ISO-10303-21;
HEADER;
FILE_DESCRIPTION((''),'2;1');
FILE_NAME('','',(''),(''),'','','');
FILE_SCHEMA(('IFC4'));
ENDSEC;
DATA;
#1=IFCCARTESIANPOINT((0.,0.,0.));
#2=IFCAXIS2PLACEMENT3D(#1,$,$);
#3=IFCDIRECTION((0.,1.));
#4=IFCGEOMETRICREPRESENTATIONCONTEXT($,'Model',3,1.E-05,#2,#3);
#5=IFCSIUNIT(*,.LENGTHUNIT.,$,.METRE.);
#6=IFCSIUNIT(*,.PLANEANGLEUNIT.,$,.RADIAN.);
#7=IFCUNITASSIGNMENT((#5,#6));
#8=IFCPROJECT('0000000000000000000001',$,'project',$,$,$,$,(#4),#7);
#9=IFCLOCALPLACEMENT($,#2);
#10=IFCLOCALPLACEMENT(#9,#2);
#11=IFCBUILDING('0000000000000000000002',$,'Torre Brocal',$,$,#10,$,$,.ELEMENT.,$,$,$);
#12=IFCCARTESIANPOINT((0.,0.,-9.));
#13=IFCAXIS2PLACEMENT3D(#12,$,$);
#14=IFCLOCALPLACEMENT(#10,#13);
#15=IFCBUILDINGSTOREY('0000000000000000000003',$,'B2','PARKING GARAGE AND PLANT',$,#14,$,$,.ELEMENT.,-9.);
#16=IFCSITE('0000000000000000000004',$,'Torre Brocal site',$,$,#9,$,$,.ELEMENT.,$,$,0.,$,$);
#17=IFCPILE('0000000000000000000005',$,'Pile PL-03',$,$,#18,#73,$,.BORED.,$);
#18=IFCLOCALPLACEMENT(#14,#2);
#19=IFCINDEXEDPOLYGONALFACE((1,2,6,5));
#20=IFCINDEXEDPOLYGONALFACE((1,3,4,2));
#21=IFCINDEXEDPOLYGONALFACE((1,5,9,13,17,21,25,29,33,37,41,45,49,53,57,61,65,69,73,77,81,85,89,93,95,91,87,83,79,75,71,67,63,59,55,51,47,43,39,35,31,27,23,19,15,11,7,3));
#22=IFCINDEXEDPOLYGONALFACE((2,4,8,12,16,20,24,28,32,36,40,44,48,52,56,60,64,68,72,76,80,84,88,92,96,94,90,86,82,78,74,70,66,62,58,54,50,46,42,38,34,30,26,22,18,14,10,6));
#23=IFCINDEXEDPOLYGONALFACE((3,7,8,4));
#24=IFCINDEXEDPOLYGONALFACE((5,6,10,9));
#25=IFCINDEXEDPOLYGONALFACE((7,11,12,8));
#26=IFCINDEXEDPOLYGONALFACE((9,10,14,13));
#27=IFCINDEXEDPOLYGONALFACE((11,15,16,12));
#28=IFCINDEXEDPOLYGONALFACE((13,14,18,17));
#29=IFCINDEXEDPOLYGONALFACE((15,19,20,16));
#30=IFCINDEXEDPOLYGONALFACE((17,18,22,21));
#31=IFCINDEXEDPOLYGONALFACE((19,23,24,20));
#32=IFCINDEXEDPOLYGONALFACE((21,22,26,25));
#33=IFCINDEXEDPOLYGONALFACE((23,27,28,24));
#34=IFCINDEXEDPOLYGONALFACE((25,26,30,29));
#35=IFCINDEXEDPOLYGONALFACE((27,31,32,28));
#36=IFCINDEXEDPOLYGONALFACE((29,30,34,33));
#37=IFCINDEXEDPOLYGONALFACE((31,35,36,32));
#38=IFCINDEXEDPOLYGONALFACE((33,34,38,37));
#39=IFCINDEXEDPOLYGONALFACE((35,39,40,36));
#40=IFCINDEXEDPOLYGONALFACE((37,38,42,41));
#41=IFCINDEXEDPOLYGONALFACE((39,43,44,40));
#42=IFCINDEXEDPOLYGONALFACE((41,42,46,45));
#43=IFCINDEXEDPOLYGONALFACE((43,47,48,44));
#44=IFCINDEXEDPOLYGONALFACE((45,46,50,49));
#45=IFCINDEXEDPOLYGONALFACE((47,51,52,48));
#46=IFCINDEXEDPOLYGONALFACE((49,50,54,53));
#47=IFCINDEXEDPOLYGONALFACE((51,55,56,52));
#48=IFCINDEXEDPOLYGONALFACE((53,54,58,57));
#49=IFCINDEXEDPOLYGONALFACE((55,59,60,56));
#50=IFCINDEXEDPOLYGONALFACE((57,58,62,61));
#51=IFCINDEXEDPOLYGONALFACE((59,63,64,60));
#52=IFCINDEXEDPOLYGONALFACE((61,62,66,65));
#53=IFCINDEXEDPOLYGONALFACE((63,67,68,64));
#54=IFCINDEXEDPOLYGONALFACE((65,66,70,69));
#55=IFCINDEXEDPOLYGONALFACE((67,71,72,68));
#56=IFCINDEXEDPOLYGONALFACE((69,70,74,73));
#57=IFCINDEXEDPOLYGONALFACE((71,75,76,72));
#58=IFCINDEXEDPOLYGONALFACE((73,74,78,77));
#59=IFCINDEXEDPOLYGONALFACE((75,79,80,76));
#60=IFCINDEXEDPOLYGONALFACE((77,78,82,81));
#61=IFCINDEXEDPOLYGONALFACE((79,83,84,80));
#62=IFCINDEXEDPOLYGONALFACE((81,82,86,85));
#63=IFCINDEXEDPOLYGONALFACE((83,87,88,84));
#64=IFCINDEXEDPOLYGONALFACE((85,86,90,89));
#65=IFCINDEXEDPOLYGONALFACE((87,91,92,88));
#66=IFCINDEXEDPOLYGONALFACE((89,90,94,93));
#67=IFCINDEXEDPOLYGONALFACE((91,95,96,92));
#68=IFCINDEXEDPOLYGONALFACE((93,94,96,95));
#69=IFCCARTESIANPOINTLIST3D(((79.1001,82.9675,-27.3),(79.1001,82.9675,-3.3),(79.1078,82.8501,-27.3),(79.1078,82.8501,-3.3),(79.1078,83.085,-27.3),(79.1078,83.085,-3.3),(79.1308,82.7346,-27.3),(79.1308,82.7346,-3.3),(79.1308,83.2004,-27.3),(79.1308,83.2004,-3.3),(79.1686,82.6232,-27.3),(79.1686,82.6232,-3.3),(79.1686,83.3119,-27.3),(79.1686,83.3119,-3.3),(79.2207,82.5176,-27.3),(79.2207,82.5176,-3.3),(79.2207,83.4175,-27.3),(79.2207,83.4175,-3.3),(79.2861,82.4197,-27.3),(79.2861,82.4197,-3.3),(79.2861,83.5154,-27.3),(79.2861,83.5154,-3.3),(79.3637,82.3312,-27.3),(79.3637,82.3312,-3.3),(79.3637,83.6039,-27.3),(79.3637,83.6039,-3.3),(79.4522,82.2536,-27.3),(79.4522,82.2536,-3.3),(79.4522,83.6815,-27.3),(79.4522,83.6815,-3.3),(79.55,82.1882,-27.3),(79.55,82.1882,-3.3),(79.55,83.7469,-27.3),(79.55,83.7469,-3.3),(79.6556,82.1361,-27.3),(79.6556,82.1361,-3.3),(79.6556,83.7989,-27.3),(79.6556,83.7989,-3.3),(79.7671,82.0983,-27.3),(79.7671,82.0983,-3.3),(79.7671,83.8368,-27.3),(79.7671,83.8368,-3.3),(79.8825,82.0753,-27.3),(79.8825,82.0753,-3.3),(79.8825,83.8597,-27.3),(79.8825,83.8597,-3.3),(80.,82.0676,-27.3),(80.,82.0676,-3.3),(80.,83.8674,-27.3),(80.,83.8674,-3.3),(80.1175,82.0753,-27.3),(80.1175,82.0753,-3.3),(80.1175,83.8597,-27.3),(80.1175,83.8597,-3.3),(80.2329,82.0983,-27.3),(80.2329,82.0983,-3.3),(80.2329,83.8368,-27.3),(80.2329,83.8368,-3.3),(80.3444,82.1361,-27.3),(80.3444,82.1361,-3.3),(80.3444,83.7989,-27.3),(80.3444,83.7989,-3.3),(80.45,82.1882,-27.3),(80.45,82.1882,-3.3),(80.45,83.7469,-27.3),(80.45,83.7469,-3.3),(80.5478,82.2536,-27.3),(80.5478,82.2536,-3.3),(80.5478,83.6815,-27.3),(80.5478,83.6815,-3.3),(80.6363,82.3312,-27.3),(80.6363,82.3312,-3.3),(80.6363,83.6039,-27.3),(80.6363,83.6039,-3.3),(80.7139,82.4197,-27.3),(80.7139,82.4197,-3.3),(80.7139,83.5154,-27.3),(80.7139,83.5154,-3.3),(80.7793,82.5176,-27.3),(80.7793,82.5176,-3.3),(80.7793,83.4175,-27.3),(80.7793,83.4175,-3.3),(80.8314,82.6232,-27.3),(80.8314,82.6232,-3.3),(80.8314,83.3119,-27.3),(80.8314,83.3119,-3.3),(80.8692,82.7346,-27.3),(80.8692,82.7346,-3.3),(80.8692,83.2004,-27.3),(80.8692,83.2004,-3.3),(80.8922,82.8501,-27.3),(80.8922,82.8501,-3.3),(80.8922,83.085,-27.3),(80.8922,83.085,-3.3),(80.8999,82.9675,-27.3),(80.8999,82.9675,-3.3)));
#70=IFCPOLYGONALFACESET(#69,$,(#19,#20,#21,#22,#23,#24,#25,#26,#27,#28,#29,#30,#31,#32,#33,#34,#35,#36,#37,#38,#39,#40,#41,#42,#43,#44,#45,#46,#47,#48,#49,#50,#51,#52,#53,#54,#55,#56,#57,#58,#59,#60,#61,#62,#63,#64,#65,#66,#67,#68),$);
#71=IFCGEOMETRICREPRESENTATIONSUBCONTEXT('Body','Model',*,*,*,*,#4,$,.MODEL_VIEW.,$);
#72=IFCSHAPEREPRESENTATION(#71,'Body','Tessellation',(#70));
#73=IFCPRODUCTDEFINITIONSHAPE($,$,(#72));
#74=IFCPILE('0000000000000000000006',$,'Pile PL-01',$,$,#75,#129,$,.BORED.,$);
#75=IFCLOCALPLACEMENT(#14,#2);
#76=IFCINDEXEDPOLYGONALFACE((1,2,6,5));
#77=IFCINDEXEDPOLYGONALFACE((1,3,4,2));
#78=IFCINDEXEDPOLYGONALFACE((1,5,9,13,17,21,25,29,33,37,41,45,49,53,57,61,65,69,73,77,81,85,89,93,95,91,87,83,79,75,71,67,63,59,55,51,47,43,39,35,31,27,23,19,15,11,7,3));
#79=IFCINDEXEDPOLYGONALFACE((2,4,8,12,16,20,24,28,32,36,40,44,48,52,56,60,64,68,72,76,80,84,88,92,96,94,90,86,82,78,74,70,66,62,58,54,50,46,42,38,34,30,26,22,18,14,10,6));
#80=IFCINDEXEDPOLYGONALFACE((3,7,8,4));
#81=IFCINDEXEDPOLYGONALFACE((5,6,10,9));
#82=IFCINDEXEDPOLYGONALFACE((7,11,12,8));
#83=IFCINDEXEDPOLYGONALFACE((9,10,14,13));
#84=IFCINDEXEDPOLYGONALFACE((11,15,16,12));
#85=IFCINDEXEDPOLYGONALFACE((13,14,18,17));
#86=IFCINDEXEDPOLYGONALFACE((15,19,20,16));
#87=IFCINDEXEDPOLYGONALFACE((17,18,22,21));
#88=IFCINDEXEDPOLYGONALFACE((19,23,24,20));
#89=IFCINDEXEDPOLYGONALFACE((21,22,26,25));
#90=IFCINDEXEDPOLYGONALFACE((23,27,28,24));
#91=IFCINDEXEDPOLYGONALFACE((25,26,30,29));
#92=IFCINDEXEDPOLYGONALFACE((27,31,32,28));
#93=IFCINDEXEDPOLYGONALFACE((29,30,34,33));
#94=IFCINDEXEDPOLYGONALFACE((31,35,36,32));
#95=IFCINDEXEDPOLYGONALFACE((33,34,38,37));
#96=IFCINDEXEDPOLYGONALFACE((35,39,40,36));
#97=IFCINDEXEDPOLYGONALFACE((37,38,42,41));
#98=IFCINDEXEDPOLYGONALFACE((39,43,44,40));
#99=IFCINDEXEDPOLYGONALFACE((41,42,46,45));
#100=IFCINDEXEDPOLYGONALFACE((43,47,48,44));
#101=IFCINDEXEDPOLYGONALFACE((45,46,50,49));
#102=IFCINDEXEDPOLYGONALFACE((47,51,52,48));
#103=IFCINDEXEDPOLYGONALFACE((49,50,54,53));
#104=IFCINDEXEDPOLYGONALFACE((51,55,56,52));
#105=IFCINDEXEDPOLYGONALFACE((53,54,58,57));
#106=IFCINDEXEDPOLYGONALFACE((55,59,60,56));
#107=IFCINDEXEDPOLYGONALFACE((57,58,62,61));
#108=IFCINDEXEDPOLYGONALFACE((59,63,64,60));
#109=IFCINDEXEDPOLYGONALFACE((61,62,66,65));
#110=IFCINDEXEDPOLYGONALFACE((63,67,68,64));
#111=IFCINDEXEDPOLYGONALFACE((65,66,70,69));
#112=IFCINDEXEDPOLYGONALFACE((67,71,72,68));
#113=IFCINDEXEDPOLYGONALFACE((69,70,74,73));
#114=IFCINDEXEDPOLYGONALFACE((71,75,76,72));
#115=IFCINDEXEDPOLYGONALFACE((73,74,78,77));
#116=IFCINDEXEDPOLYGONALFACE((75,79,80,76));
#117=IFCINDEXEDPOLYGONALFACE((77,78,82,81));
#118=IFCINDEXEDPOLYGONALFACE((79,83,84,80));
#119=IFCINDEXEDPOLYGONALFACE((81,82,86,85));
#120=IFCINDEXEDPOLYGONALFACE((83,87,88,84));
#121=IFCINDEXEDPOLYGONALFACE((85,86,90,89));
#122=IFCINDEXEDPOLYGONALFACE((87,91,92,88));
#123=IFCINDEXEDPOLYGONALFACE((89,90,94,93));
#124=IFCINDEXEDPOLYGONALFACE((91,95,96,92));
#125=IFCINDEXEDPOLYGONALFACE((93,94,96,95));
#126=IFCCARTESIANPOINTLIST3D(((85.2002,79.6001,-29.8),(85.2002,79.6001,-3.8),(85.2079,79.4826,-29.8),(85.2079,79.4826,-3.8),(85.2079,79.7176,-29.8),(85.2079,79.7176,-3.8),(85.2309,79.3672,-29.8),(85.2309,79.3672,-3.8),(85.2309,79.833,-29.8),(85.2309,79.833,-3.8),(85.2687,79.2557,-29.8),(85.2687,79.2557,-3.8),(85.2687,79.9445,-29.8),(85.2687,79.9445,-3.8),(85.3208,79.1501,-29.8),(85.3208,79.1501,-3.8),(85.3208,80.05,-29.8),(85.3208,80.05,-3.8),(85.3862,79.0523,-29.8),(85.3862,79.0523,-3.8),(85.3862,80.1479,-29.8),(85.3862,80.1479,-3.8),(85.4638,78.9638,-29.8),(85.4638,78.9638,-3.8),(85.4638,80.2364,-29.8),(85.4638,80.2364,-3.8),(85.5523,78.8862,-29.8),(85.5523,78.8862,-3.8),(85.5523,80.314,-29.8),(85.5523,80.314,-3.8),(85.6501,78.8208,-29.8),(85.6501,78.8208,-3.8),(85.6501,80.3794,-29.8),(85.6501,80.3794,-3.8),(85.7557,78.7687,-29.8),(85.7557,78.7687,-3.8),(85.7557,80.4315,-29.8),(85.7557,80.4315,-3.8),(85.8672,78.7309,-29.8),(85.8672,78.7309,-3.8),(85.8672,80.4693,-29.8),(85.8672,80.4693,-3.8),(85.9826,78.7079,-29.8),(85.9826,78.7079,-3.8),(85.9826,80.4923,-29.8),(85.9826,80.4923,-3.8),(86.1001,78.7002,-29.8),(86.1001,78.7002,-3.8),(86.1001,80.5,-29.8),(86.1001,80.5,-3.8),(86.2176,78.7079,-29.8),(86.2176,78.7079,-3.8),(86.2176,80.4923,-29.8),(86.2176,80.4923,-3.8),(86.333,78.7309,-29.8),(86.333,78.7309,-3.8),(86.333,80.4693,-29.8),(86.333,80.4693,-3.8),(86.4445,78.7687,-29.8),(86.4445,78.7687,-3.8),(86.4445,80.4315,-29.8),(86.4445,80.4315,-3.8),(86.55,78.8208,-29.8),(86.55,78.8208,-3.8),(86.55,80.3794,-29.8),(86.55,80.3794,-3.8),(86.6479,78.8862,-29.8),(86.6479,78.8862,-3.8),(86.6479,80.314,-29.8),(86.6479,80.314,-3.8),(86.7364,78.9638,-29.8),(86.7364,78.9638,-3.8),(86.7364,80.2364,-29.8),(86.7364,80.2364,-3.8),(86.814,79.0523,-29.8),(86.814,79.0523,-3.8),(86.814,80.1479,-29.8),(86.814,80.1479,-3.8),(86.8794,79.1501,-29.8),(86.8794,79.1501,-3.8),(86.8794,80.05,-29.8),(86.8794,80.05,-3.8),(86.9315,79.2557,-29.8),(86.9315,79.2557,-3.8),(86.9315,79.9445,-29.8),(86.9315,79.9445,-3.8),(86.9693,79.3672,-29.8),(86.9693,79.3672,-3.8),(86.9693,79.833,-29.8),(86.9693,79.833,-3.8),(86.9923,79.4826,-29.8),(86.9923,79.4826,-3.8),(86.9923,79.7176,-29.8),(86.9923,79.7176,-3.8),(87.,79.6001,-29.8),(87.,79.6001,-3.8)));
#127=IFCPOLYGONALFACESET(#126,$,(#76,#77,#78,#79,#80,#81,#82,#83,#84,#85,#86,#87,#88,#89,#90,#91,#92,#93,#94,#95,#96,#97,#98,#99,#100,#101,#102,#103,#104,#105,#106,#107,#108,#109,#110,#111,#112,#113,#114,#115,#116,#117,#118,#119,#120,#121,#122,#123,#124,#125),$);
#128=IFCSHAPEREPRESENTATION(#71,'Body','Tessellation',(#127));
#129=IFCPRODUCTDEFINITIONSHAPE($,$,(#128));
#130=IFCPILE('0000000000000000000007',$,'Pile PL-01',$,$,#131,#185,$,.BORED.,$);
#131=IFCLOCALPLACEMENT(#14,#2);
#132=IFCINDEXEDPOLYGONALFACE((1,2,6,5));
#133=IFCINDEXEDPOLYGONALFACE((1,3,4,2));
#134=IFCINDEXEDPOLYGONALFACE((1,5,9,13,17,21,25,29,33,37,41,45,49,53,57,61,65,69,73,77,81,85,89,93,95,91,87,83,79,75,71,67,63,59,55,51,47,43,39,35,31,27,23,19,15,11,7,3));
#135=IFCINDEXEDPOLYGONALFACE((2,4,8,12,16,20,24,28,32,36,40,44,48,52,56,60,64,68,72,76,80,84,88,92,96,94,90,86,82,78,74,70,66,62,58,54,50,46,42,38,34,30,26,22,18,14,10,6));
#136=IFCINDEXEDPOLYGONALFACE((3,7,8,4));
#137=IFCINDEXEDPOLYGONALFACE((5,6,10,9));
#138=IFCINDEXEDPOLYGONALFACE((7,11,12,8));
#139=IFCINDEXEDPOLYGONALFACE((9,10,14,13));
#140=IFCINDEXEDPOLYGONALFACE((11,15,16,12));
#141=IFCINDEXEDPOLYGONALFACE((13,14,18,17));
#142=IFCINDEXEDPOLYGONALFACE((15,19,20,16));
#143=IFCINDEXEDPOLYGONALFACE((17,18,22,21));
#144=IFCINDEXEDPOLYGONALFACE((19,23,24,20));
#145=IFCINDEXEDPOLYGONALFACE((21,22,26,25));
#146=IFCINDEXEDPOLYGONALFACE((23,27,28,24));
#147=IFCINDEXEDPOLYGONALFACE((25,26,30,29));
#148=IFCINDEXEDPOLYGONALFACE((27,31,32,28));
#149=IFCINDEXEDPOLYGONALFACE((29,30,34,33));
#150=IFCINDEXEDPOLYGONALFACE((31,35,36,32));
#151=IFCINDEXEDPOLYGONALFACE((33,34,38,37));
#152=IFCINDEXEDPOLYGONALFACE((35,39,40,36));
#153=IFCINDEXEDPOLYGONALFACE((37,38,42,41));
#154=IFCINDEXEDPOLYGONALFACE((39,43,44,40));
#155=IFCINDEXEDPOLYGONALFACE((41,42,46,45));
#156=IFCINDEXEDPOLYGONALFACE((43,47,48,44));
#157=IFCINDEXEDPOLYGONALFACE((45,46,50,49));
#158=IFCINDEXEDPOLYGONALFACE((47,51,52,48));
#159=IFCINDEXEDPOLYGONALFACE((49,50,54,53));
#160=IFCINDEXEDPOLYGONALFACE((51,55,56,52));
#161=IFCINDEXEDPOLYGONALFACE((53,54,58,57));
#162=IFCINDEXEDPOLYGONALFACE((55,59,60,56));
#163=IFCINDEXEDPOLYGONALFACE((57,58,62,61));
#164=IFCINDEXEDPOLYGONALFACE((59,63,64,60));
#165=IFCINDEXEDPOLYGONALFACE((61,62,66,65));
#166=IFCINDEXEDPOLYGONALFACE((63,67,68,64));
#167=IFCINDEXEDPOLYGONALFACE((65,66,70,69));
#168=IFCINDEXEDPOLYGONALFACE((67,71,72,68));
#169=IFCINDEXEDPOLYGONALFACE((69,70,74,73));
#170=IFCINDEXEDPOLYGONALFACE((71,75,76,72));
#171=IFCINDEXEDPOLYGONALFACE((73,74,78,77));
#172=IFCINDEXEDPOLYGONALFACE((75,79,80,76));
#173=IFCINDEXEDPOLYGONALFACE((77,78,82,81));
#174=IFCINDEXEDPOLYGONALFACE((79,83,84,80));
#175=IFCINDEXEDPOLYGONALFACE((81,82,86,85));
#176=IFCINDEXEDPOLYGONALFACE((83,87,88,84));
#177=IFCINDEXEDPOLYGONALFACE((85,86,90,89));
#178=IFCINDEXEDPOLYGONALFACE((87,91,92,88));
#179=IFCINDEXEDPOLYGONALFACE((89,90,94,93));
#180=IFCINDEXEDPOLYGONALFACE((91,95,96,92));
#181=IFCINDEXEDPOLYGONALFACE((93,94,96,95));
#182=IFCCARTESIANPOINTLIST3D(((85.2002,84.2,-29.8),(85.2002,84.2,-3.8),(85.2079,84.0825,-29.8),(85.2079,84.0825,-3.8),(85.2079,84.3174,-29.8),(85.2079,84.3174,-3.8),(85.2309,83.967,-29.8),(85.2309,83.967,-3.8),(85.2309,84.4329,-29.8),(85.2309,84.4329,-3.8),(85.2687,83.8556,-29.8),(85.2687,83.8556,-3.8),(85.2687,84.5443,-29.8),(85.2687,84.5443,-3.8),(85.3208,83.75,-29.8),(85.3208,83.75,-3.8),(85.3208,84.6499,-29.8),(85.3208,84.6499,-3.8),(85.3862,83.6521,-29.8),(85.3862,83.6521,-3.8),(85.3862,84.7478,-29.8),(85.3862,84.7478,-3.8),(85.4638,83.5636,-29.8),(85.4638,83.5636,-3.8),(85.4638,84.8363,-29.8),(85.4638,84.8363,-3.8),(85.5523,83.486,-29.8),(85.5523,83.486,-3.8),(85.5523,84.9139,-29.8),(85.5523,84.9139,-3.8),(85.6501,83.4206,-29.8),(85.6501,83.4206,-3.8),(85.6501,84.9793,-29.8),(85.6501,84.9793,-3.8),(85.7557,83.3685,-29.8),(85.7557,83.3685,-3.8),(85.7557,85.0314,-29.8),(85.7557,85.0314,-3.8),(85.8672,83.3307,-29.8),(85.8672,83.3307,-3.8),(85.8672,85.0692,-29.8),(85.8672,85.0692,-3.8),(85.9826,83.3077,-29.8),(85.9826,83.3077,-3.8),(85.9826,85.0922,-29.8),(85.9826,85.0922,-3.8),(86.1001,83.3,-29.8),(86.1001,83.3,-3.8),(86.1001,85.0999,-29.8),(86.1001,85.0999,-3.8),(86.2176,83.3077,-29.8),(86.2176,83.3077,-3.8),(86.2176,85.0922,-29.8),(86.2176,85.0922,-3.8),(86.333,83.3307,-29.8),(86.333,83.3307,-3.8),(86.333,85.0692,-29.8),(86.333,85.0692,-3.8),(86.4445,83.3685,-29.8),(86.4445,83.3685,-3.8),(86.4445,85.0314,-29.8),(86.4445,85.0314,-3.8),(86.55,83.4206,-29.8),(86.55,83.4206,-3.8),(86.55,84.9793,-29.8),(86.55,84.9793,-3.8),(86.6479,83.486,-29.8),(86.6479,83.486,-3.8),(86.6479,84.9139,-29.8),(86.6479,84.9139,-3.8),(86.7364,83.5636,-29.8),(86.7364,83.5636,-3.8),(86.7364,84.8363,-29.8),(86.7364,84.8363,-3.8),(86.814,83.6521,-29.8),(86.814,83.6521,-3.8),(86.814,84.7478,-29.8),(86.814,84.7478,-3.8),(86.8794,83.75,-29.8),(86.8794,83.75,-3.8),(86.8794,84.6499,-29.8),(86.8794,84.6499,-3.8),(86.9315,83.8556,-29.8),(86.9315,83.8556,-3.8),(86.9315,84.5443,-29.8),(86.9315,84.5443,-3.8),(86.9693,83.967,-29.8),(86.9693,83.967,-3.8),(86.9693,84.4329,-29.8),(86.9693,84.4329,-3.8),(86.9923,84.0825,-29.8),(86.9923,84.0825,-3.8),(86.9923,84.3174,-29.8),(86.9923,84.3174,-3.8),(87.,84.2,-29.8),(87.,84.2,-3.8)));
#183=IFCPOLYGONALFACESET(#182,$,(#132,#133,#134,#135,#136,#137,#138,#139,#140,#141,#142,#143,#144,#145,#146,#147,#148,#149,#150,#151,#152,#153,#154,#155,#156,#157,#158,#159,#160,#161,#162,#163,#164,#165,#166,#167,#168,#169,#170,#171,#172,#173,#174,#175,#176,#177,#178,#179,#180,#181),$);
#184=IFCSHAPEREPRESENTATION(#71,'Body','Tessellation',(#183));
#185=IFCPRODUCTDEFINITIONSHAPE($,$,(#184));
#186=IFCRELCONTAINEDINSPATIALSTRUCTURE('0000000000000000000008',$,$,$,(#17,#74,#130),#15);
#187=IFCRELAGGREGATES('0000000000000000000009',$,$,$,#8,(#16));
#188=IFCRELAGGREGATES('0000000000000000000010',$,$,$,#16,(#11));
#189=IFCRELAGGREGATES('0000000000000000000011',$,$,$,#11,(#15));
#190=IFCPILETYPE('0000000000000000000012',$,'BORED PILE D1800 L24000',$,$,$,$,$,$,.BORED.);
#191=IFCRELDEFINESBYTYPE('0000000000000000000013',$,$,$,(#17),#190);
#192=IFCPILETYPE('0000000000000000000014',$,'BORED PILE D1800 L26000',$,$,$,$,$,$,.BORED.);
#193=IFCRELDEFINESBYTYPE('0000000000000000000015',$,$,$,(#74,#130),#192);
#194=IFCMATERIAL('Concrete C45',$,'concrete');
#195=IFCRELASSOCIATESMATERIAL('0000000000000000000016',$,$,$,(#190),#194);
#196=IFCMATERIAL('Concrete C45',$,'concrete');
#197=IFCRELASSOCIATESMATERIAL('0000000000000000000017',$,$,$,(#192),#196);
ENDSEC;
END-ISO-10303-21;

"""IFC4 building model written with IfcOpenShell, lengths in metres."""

from ifc_helpers import new_model, si_unit, direction, frame, origin, origin_2d, place, context, subcontext, project, spatial, circle, extrude, material, material_profile, profile_set, type_object, element, save


model = new_model("IFC4")

# Units and contexts
model_context = context("Model", 3, precision=1e-05, world=origin(), true_north=direction((0.0, 1.0)))
body_context = subcontext(model_context, "Body", "Model", "MODEL_VIEW")
ifc_project = project(units=[si_unit("LENGTHUNIT", "METRE"), si_unit("PLANEANGLEUNIT", "RADIAN")], contexts=[model_context])

# Site, building, storey
site_placement = place(None, origin())
site = spatial("IfcSite", under=ifc_project, at=site_placement, Name="Torre Brocal site", CompositionType="ELEMENT", RefElevation=0.0)
building_placement = place(site_placement, origin())
building = spatial("IfcBuilding", under=site, at=building_placement, Name="Torre Brocal", CompositionType="ELEMENT")
storey_placement = place(building_placement, frame((0.0, 0.0, -9.0)))
storey = spatial("IfcBuildingStorey", under=building, at=storey_placement, Name="B2", Description="PARKING GARAGE AND PLANT", CompositionType="ELEMENT", Elevation=-9.0)

# Piles
ifc_material_1 = material(Name="Concrete C45", Category="concrete")
ifc_material_profile_1 = material_profile(ifc_material_1, circle(Radius=0.8999, at=origin_2d()), Name="BORED PILE D1800")
ifc_profile_set_1 = profile_set([ifc_material_profile_1], Name="Concrete C45")
pile_type_1 = type_object("IfcPileType", Name="BORED PILE D1800 L24000", PredefinedType="BORED", material=ifc_profile_set_1)
pile_placement = place(storey_placement, frame((80.0, 82.9675, -3.3), z_axis=(0.0, 0.0, -1.0), x_axis=(1.0, 0.0, 0.0)))
element("IfcPile", 1, at=pile_placement, inside=storey, type_object=pile_type_1, Name="Pile PL-03", PredefinedType="BORED", context=body_context, shape_type="SweptSolid", body=[
    extrude(circle(Radius=0.8999, at=origin_2d()), origin(), (0.0, 0.0, 1.0), 24.0),
])
ifc_material_2 = material(Name="Concrete C45", Category="concrete")
ifc_material_profile_2 = material_profile(ifc_material_2, circle(Radius=0.8999, at=origin_2d()), Name="BORED PILE D1800")
ifc_profile_set_2 = profile_set([ifc_material_profile_2], Name="Concrete C45")
pile_type_2 = type_object("IfcPileType", Name="BORED PILE D1800 L26000", PredefinedType="BORED", material=ifc_profile_set_2)
for number, where, z_axis, x_axis, name in (
    (2, (86.1001, 79.6001, -3.8), (0.0, 0.0, -1.0), (1.0, 0.0, 0.0), "Pile PL-01"),
    (3, (86.1001, 84.2, -3.8), (0.0, 0.0, -1.0), (1.0, 0.0, 0.0), "Pile PL-01"),
):
    element("IfcPile", number, at=place(storey_placement, frame(where, z_axis=z_axis, x_axis=x_axis)), inside=storey, type_object=pile_type_2, Name=name, PredefinedType="BORED", context=body_context, shape_type="SweptSolid", body=[
        extrude(circle(Radius=0.8999, at=origin_2d()), origin(), (0.0, 0.0, 1.0), 26.0),
    ])

save(model, "model.ifc")
